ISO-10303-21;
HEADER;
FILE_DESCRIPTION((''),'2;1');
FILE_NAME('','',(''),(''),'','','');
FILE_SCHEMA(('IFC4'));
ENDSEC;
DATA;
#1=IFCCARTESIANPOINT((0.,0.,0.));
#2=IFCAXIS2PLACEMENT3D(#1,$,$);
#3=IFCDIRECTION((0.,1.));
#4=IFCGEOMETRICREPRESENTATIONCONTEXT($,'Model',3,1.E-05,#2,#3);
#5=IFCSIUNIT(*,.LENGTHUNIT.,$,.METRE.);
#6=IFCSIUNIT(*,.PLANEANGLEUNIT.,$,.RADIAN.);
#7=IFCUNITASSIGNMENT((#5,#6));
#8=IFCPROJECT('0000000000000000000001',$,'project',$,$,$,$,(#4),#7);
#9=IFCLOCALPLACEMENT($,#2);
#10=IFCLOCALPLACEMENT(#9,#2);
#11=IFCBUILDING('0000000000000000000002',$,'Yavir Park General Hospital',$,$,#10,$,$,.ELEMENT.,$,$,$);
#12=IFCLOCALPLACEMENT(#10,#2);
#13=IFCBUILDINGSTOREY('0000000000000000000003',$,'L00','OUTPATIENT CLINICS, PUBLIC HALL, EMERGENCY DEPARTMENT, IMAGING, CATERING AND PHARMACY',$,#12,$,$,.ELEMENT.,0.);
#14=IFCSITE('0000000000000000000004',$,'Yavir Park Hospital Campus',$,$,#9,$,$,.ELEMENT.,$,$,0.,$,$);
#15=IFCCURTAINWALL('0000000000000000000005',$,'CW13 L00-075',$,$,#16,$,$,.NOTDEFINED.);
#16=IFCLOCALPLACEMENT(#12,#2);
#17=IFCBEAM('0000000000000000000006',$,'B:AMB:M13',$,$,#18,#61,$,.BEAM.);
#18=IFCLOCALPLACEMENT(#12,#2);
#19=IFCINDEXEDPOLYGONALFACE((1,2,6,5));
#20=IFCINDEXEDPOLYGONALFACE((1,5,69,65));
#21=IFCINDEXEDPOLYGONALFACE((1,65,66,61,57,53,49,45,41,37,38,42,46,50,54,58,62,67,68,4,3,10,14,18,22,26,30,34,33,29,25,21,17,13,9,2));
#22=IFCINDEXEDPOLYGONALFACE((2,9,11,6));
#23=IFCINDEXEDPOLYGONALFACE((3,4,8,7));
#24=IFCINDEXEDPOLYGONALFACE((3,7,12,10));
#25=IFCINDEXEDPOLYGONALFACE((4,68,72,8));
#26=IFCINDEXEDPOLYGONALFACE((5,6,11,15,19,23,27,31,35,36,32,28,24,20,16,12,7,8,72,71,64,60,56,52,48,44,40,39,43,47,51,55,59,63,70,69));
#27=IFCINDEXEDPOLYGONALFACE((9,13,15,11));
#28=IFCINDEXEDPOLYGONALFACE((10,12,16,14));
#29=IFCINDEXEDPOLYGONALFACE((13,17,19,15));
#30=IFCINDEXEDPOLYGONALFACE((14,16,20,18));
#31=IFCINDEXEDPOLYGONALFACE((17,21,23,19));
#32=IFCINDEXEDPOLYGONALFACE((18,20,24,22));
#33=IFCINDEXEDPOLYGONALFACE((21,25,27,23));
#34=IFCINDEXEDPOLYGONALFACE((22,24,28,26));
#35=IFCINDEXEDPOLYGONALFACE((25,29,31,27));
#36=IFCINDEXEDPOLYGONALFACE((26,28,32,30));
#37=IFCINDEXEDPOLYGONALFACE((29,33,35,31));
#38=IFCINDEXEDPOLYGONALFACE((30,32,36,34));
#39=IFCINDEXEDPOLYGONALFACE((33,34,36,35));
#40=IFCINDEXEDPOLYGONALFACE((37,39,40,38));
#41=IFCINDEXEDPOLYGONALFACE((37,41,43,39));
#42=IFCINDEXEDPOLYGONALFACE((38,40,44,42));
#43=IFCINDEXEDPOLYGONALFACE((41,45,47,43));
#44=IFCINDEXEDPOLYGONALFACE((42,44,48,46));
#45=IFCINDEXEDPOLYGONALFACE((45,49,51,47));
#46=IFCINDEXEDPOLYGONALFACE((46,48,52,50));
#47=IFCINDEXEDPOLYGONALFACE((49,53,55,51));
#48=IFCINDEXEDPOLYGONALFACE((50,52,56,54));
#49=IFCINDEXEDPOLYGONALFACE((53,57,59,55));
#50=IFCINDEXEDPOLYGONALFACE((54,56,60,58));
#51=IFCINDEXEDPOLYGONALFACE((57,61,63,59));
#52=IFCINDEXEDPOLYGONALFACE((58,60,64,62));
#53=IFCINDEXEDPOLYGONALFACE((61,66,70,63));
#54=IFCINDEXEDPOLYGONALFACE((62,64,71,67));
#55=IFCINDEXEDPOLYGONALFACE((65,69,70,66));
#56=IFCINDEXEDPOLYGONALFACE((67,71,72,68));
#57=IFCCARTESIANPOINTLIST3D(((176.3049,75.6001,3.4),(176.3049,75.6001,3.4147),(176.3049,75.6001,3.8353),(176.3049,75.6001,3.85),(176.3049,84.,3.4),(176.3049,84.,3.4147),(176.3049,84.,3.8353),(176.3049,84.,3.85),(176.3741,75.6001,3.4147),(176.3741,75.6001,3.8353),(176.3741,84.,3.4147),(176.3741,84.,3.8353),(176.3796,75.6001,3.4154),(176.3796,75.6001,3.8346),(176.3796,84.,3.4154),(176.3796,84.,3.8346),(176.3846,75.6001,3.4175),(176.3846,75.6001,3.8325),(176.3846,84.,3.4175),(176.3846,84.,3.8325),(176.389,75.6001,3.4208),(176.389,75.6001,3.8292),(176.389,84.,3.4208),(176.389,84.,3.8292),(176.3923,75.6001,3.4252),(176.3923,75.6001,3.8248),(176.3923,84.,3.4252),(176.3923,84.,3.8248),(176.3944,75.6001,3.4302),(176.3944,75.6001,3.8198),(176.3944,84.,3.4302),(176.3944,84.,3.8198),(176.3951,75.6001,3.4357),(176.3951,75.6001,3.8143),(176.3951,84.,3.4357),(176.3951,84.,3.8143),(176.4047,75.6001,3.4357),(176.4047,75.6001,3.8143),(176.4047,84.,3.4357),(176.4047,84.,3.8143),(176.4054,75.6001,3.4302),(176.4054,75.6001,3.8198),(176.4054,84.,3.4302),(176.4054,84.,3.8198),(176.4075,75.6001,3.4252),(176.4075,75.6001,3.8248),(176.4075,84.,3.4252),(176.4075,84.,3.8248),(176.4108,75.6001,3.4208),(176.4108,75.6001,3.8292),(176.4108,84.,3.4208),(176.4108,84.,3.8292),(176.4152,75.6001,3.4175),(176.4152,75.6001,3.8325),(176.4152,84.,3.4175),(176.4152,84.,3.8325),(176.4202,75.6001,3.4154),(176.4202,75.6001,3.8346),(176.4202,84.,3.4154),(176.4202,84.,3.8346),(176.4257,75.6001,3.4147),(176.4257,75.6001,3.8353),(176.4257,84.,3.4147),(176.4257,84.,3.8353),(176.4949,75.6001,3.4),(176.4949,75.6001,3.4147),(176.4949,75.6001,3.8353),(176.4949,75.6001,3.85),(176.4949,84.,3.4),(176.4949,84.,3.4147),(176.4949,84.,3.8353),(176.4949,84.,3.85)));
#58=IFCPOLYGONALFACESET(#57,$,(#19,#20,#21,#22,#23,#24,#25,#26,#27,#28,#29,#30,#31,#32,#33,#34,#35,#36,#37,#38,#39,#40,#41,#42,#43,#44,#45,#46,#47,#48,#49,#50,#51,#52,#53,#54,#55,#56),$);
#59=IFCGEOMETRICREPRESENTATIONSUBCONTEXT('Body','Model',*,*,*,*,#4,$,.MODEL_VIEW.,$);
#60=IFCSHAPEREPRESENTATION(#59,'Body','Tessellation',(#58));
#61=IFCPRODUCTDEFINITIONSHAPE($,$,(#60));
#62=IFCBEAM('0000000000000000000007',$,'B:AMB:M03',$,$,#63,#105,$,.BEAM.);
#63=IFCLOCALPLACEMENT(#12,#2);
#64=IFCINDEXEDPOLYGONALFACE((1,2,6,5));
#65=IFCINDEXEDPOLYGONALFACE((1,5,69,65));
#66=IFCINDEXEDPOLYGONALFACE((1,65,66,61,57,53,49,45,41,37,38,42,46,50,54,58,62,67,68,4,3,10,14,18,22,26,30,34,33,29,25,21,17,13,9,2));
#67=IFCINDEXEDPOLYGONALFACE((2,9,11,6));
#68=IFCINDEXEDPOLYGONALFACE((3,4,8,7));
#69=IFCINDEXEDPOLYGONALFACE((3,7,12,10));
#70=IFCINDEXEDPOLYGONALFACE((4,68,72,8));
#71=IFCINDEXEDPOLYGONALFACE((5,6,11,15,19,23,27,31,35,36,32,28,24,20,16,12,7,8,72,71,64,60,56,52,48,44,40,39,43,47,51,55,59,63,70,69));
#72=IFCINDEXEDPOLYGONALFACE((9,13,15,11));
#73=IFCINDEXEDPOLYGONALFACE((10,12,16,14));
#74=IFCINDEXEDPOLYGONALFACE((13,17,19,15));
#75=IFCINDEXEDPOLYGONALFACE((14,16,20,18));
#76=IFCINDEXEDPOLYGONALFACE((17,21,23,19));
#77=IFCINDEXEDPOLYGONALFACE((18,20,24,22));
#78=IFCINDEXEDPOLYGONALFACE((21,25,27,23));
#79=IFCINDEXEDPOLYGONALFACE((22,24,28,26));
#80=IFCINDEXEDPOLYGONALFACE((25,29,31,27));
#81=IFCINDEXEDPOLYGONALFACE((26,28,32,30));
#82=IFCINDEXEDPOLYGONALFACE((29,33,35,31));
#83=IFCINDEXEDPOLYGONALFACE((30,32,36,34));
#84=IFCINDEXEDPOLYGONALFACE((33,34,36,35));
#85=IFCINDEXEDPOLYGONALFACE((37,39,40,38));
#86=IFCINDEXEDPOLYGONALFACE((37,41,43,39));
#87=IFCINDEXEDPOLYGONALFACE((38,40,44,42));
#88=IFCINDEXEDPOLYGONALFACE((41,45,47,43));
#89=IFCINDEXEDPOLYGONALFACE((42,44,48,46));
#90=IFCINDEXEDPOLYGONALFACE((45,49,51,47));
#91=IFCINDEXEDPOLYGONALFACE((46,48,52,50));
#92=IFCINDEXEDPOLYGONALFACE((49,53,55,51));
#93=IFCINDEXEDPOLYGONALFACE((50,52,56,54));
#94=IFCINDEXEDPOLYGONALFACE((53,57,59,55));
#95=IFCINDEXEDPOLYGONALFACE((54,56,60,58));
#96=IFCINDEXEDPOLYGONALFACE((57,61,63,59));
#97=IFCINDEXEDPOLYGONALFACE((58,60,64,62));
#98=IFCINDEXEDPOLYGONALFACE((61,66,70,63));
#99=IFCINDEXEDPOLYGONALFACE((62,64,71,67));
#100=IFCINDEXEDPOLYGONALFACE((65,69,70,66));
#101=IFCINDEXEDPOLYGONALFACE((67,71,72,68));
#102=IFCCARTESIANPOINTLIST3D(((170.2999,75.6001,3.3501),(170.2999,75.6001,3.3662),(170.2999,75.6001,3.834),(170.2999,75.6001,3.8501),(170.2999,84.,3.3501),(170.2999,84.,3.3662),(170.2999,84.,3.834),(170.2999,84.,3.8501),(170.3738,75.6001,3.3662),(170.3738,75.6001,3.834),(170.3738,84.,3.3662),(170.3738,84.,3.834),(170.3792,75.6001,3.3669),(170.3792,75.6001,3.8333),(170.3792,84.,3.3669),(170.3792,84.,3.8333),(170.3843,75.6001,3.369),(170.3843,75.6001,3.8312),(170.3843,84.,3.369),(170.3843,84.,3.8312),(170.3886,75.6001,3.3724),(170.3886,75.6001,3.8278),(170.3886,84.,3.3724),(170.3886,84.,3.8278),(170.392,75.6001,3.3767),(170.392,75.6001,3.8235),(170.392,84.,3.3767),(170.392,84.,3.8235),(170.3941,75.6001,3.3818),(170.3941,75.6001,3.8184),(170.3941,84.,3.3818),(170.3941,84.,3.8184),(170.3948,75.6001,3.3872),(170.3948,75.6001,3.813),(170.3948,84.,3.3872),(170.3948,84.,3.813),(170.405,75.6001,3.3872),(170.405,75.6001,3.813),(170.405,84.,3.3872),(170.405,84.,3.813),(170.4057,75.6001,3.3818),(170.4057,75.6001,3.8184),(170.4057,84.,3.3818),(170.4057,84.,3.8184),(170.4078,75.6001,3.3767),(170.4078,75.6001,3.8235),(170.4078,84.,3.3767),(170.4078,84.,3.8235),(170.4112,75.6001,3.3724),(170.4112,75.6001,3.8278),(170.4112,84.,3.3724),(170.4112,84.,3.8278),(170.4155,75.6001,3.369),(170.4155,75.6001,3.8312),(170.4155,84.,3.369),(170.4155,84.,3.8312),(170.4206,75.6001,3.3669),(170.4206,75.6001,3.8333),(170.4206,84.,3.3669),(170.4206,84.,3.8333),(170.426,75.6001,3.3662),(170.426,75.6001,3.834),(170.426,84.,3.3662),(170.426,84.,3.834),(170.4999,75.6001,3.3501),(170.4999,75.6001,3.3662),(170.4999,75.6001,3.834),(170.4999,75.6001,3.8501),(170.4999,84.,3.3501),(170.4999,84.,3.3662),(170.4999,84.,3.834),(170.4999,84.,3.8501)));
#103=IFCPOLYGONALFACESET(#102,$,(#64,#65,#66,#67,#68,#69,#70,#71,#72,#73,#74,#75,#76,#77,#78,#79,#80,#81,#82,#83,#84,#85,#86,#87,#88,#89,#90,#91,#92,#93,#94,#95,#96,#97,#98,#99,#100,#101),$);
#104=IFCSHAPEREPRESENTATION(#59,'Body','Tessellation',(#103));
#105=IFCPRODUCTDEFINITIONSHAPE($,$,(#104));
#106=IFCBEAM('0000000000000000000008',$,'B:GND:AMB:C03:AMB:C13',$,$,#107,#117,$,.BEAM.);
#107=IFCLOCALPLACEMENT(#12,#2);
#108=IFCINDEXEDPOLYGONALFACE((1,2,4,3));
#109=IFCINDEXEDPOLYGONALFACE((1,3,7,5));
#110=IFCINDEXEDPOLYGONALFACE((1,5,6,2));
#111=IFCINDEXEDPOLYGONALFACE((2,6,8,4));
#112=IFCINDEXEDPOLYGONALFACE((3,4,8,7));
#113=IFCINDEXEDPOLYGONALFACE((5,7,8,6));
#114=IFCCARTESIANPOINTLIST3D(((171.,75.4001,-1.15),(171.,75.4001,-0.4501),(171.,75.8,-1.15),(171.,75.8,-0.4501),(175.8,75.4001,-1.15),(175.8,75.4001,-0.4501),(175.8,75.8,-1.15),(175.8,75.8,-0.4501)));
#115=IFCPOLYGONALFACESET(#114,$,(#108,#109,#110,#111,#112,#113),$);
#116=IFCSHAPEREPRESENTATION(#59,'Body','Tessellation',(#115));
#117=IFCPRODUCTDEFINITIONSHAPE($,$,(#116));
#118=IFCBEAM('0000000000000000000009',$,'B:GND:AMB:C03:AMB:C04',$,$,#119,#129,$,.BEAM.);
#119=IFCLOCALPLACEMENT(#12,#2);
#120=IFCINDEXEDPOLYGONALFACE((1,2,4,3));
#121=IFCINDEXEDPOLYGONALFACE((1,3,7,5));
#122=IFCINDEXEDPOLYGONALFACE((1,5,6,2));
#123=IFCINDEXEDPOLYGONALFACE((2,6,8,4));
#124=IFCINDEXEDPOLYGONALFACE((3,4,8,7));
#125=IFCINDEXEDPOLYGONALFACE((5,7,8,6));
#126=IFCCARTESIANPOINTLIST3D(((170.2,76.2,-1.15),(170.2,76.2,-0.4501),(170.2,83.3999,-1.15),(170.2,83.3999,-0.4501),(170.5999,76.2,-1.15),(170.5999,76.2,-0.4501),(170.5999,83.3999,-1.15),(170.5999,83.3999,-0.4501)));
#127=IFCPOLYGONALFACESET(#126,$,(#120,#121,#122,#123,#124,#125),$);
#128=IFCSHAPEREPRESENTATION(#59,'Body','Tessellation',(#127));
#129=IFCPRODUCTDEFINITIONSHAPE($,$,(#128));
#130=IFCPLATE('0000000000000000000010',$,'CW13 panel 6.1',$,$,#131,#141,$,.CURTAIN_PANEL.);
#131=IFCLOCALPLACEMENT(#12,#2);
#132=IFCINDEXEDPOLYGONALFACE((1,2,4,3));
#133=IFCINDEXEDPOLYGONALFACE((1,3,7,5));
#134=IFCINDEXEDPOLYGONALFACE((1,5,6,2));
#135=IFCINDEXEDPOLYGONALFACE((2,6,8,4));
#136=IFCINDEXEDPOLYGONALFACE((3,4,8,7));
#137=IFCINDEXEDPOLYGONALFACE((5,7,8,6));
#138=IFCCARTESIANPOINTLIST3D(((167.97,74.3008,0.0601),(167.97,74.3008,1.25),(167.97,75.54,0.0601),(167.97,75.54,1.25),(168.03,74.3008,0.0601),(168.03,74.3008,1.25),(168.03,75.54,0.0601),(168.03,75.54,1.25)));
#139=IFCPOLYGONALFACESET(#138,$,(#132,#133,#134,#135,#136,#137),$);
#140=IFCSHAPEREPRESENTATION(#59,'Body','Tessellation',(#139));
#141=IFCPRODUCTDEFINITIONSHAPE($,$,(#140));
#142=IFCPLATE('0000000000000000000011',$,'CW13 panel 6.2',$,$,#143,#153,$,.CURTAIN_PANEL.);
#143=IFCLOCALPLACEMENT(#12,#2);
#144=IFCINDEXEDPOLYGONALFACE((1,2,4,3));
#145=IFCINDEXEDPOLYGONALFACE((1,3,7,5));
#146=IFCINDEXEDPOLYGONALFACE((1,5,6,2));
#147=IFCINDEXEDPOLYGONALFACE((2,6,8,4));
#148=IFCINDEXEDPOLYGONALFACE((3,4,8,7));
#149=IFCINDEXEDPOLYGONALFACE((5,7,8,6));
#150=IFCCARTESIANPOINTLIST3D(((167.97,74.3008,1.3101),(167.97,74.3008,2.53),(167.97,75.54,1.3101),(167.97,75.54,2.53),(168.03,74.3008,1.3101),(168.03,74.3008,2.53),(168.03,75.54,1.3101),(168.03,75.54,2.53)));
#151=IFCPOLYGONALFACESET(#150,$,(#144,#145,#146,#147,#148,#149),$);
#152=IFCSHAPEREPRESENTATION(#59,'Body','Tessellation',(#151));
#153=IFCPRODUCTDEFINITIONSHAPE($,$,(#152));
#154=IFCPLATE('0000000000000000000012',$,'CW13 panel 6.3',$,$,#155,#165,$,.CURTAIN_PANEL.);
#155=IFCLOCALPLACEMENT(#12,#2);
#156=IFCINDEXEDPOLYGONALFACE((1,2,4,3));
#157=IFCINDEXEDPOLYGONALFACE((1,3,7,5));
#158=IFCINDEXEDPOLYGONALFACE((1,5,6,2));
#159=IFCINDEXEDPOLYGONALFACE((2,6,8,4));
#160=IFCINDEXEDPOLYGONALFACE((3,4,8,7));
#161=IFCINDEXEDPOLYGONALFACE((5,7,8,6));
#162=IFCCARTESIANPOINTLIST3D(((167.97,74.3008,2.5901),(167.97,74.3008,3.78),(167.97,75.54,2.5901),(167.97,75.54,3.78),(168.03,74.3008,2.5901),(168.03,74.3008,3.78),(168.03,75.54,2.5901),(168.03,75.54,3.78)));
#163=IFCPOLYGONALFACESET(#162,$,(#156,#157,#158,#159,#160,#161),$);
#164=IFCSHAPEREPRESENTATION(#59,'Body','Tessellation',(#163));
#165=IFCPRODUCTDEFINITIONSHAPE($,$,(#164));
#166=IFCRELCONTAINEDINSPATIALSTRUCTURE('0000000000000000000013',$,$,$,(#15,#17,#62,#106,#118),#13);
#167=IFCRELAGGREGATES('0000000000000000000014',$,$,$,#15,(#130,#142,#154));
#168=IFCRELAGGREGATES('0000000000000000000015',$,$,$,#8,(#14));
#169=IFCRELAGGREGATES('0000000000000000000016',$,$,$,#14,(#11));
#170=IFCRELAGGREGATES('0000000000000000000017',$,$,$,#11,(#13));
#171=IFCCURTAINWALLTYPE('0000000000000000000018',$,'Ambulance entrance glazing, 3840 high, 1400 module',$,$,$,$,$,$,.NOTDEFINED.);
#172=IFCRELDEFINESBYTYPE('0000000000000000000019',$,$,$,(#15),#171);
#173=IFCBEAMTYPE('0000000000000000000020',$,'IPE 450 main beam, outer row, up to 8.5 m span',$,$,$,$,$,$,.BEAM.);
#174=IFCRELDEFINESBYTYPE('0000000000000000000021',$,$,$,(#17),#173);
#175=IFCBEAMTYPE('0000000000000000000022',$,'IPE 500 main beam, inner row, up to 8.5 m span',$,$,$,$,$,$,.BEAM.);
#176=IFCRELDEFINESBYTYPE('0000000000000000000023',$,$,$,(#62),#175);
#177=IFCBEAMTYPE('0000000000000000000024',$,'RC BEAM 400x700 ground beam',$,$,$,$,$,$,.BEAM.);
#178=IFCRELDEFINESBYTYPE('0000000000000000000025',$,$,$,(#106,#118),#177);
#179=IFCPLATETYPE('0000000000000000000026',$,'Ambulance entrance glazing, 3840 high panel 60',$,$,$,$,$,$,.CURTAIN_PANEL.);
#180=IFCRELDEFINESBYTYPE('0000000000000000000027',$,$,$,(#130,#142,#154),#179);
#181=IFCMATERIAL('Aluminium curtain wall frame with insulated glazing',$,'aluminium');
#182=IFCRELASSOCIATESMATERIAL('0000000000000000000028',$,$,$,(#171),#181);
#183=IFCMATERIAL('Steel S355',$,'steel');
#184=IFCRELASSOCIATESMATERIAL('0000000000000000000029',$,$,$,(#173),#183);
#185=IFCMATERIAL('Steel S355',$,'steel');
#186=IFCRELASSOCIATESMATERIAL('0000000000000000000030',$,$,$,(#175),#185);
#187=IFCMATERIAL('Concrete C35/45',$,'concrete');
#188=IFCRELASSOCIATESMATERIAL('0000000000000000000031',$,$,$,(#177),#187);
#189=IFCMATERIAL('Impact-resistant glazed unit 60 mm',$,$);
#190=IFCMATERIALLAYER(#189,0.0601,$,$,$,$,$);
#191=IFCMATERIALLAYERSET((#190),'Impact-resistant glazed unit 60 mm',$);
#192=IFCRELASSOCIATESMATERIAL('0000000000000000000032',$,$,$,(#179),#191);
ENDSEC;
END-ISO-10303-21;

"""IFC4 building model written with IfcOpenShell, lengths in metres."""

from ifc_helpers import new_model, si_unit, direction, frame, origin, origin_2d, place, context, subcontext, project, spatial, rectangle, i_section, extrude, material, layer, layer_set, material_profile, profile_set, type_object, element, aggregate, save


model = new_model("IFC4")

# Units and contexts
model_context = context("Model", 3, precision=1e-05, world=origin(), true_north=direction((0.0, 1.0)))
body_context = subcontext(model_context, "Body", "Model", "MODEL_VIEW")
ifc_project = project(units=[si_unit("LENGTHUNIT", "METRE"), si_unit("PLANEANGLEUNIT", "RADIAN")], contexts=[model_context])

# Site, building, storey
site_placement = place(None, origin())
site = spatial("IfcSite", under=ifc_project, at=site_placement, Name="Yavir Park Hospital Campus", CompositionType="ELEMENT", RefElevation=0.0)
building_placement = place(site_placement, origin())
building = spatial("IfcBuilding", under=site, at=building_placement, Name="Yavir Park General Hospital", CompositionType="ELEMENT")
storey_placement = place(building_placement, origin())
storey = spatial("IfcBuildingStorey", under=building, at=storey_placement, Name="L00", Description="OUTPATIENT CLINICS, PUBLIC HALL, EMERGENCY DEPARTMENT, IMAGING, CATERING AND PHARMACY", CompositionType="ELEMENT", Elevation=0.0)

# Curtain wall
ifc_material_1 = material(Name="Aluminium curtain wall frame with insulated glazing", Category="aluminium")
curtain_wall_type = type_object("IfcCurtainWallType", Name="Ambulance entrance glazing, 3840 high, 1400 module", PredefinedType="NOTDEFINED", material=ifc_material_1)
curtain_wall_placement = place(storey_placement, origin())
curtain_wall = element("IfcCurtainWall", 1, at=curtain_wall_placement, inside=storey, type_object=curtain_wall_type, Name="CW13 L00-075", PredefinedType="NOTDEFINED")

# Beams
ifc_material_2 = material(Name="Steel S355", Category="steel")
ifc_material_profile_1 = material_profile(ifc_material_2, i_section(OverallWidth=0.1899, OverallDepth=0.45, WebThickness=0.0095, FlangeThickness=0.0146, FilletRadius=0.021, at=origin_2d()), Name="IPE450")
ifc_profile_set_1 = profile_set([ifc_material_profile_1], Name="Steel S355")
beam_type_1 = type_object("IfcBeamType", Name="IPE 450 main beam, outer row, up to 8.5 m span", PredefinedType="BEAM", material=ifc_profile_set_1)
beam_1_placement = place(storey_placement, frame((176.3999, 75.6001, 3.625), z_axis=(0.0, 1.0, 0.0), x_axis=(-1.0, 0.0, 0.0)))
element("IfcBeam", 2, at=beam_1_placement, inside=storey, type_object=beam_type_1, Name="B:AMB:M13", PredefinedType="BEAM", context=body_context, shape_type="SweptSolid", body=[
    extrude(i_section(OverallWidth=0.1899, OverallDepth=0.45, WebThickness=0.0095, FlangeThickness=0.0146, FilletRadius=0.021, at=origin_2d()), origin(), (0.0, 0.0, 1.0), 8.3999),
])
ifc_material_3 = material(Name="Steel S355", Category="steel")
ifc_material_profile_2 = material_profile(ifc_material_3, i_section(OverallWidth=0.2, OverallDepth=0.5, WebThickness=0.0103, FlangeThickness=0.0161, FilletRadius=0.021, at=origin_2d()), Name="IPE500")
ifc_profile_set_2 = profile_set([ifc_material_profile_2], Name="Steel S355")
beam_type_2 = type_object("IfcBeamType", Name="IPE 500 main beam, inner row, up to 8.5 m span", PredefinedType="BEAM", material=ifc_profile_set_2)
beam_2_placement = place(storey_placement, frame((170.3999, 75.6001, 3.6001), z_axis=(0.0, 1.0, 0.0), x_axis=(-1.0, 0.0, 0.0)))
element("IfcBeam", 3, at=beam_2_placement, inside=storey, type_object=beam_type_2, Name="B:AMB:M03", PredefinedType="BEAM", context=body_context, shape_type="SweptSolid", body=[
    extrude(i_section(OverallWidth=0.2, OverallDepth=0.5, WebThickness=0.0103, FlangeThickness=0.0161, FilletRadius=0.021, at=origin_2d()), origin(), (0.0, 0.0, 1.0), 8.3999),
])
ifc_material_4 = material(Name="Concrete C35/45", Category="concrete")
ifc_material_profile_3 = material_profile(ifc_material_4, rectangle(XDim=0.3999, YDim=0.7, at=origin_2d()), Name="RC400x700")
ifc_profile_set_3 = profile_set([ifc_material_profile_3], Name="Concrete C35/45")
beam_type_3 = type_object("IfcBeamType", Name="RC BEAM 400x700 ground beam", PredefinedType="BEAM", material=ifc_profile_set_3)
beam_3_placement = place(storey_placement, frame((171.0, 75.6001, -0.8), z_axis=(1.0, 0.0, 0.0), x_axis=(0.0, 1.0, 0.0)))
element("IfcBeam", 4, at=beam_3_placement, inside=storey, type_object=beam_type_3, Name="B:GND:AMB:C03:AMB:C13", PredefinedType="BEAM", context=body_context, shape_type="SweptSolid", body=[
    extrude(rectangle(XDim=0.3999, YDim=0.7, at=origin_2d()), origin(), (0.0, 0.0, 1.0), 4.8),
])
beam_4_placement = place(storey_placement, frame((170.3999, 76.2, -0.8), z_axis=(0.0, 1.0, 0.0), x_axis=(-1.0, 0.0, 0.0)))
element("IfcBeam", 5, at=beam_4_placement, inside=storey, type_object=beam_type_3, Name="B:GND:AMB:C03:AMB:C04", PredefinedType="BEAM", context=body_context, shape_type="SweptSolid", body=[
    extrude(rectangle(XDim=0.3999, YDim=0.7, at=origin_2d()), origin(), (0.0, 0.0, 1.0), 7.2),
])

# Plates
ifc_material_5 = material(Name="Impact-resistant glazed unit 60 mm")
ifc_layer_1 = layer(ifc_material_5, 0.0601)
ifc_layer_set_1 = layer_set([ifc_layer_1], Name="Impact-resistant glazed unit 60 mm")
plate_type = type_object("IfcPlateType", Name="Ambulance entrance glazing, 3840 high panel 60", PredefinedType="CURTAIN_PANEL", material=ifc_layer_set_1)
plate_1_placement = place(storey_placement, frame((168.0, 74.9204, 0.0601), z_axis=(0.0, 0.0, 1.0), x_axis=(0.0, 1.0, 0.0)))
plate_1 = element("IfcPlate", 6, at=plate_1_placement, type_object=plate_type, Name="CW13 panel 6.1", PredefinedType="CURTAIN_PANEL", context=body_context, shape_type="SweptSolid", body=[
    extrude(rectangle(XDim=1.2393, YDim=0.0601, at=origin_2d()), origin(), (0.0, 0.0, 1.0), 1.1899),
])
plate_2_placement = place(storey_placement, frame((168.0, 74.9204, 1.3101), z_axis=(0.0, 0.0, 1.0), x_axis=(0.0, 1.0, 0.0)))
plate_2 = element("IfcPlate", 7, at=plate_2_placement, type_object=plate_type, Name="CW13 panel 6.2", PredefinedType="CURTAIN_PANEL", context=body_context, shape_type="SweptSolid", body=[
    extrude(rectangle(XDim=1.2393, YDim=0.0601, at=origin_2d()), origin(), (0.0, 0.0, 1.0), 1.22),
])
plate_3_placement = place(storey_placement, frame((168.0, 74.9204, 2.5901), z_axis=(0.0, 0.0, 1.0), x_axis=(0.0, 1.0, 0.0)))
plate_3 = element("IfcPlate", 8, at=plate_3_placement, type_object=plate_type, Name="CW13 panel 6.3", PredefinedType="CURTAIN_PANEL", context=body_context, shape_type="SweptSolid", body=[
    extrude(rectangle(XDim=1.2393, YDim=0.0601, at=origin_2d()), origin(), (0.0, 0.0, 1.0), 1.1899),
])
aggregate(curtain_wall, [plate_1, plate_2, plate_3])

save(model, "model.ifc")
